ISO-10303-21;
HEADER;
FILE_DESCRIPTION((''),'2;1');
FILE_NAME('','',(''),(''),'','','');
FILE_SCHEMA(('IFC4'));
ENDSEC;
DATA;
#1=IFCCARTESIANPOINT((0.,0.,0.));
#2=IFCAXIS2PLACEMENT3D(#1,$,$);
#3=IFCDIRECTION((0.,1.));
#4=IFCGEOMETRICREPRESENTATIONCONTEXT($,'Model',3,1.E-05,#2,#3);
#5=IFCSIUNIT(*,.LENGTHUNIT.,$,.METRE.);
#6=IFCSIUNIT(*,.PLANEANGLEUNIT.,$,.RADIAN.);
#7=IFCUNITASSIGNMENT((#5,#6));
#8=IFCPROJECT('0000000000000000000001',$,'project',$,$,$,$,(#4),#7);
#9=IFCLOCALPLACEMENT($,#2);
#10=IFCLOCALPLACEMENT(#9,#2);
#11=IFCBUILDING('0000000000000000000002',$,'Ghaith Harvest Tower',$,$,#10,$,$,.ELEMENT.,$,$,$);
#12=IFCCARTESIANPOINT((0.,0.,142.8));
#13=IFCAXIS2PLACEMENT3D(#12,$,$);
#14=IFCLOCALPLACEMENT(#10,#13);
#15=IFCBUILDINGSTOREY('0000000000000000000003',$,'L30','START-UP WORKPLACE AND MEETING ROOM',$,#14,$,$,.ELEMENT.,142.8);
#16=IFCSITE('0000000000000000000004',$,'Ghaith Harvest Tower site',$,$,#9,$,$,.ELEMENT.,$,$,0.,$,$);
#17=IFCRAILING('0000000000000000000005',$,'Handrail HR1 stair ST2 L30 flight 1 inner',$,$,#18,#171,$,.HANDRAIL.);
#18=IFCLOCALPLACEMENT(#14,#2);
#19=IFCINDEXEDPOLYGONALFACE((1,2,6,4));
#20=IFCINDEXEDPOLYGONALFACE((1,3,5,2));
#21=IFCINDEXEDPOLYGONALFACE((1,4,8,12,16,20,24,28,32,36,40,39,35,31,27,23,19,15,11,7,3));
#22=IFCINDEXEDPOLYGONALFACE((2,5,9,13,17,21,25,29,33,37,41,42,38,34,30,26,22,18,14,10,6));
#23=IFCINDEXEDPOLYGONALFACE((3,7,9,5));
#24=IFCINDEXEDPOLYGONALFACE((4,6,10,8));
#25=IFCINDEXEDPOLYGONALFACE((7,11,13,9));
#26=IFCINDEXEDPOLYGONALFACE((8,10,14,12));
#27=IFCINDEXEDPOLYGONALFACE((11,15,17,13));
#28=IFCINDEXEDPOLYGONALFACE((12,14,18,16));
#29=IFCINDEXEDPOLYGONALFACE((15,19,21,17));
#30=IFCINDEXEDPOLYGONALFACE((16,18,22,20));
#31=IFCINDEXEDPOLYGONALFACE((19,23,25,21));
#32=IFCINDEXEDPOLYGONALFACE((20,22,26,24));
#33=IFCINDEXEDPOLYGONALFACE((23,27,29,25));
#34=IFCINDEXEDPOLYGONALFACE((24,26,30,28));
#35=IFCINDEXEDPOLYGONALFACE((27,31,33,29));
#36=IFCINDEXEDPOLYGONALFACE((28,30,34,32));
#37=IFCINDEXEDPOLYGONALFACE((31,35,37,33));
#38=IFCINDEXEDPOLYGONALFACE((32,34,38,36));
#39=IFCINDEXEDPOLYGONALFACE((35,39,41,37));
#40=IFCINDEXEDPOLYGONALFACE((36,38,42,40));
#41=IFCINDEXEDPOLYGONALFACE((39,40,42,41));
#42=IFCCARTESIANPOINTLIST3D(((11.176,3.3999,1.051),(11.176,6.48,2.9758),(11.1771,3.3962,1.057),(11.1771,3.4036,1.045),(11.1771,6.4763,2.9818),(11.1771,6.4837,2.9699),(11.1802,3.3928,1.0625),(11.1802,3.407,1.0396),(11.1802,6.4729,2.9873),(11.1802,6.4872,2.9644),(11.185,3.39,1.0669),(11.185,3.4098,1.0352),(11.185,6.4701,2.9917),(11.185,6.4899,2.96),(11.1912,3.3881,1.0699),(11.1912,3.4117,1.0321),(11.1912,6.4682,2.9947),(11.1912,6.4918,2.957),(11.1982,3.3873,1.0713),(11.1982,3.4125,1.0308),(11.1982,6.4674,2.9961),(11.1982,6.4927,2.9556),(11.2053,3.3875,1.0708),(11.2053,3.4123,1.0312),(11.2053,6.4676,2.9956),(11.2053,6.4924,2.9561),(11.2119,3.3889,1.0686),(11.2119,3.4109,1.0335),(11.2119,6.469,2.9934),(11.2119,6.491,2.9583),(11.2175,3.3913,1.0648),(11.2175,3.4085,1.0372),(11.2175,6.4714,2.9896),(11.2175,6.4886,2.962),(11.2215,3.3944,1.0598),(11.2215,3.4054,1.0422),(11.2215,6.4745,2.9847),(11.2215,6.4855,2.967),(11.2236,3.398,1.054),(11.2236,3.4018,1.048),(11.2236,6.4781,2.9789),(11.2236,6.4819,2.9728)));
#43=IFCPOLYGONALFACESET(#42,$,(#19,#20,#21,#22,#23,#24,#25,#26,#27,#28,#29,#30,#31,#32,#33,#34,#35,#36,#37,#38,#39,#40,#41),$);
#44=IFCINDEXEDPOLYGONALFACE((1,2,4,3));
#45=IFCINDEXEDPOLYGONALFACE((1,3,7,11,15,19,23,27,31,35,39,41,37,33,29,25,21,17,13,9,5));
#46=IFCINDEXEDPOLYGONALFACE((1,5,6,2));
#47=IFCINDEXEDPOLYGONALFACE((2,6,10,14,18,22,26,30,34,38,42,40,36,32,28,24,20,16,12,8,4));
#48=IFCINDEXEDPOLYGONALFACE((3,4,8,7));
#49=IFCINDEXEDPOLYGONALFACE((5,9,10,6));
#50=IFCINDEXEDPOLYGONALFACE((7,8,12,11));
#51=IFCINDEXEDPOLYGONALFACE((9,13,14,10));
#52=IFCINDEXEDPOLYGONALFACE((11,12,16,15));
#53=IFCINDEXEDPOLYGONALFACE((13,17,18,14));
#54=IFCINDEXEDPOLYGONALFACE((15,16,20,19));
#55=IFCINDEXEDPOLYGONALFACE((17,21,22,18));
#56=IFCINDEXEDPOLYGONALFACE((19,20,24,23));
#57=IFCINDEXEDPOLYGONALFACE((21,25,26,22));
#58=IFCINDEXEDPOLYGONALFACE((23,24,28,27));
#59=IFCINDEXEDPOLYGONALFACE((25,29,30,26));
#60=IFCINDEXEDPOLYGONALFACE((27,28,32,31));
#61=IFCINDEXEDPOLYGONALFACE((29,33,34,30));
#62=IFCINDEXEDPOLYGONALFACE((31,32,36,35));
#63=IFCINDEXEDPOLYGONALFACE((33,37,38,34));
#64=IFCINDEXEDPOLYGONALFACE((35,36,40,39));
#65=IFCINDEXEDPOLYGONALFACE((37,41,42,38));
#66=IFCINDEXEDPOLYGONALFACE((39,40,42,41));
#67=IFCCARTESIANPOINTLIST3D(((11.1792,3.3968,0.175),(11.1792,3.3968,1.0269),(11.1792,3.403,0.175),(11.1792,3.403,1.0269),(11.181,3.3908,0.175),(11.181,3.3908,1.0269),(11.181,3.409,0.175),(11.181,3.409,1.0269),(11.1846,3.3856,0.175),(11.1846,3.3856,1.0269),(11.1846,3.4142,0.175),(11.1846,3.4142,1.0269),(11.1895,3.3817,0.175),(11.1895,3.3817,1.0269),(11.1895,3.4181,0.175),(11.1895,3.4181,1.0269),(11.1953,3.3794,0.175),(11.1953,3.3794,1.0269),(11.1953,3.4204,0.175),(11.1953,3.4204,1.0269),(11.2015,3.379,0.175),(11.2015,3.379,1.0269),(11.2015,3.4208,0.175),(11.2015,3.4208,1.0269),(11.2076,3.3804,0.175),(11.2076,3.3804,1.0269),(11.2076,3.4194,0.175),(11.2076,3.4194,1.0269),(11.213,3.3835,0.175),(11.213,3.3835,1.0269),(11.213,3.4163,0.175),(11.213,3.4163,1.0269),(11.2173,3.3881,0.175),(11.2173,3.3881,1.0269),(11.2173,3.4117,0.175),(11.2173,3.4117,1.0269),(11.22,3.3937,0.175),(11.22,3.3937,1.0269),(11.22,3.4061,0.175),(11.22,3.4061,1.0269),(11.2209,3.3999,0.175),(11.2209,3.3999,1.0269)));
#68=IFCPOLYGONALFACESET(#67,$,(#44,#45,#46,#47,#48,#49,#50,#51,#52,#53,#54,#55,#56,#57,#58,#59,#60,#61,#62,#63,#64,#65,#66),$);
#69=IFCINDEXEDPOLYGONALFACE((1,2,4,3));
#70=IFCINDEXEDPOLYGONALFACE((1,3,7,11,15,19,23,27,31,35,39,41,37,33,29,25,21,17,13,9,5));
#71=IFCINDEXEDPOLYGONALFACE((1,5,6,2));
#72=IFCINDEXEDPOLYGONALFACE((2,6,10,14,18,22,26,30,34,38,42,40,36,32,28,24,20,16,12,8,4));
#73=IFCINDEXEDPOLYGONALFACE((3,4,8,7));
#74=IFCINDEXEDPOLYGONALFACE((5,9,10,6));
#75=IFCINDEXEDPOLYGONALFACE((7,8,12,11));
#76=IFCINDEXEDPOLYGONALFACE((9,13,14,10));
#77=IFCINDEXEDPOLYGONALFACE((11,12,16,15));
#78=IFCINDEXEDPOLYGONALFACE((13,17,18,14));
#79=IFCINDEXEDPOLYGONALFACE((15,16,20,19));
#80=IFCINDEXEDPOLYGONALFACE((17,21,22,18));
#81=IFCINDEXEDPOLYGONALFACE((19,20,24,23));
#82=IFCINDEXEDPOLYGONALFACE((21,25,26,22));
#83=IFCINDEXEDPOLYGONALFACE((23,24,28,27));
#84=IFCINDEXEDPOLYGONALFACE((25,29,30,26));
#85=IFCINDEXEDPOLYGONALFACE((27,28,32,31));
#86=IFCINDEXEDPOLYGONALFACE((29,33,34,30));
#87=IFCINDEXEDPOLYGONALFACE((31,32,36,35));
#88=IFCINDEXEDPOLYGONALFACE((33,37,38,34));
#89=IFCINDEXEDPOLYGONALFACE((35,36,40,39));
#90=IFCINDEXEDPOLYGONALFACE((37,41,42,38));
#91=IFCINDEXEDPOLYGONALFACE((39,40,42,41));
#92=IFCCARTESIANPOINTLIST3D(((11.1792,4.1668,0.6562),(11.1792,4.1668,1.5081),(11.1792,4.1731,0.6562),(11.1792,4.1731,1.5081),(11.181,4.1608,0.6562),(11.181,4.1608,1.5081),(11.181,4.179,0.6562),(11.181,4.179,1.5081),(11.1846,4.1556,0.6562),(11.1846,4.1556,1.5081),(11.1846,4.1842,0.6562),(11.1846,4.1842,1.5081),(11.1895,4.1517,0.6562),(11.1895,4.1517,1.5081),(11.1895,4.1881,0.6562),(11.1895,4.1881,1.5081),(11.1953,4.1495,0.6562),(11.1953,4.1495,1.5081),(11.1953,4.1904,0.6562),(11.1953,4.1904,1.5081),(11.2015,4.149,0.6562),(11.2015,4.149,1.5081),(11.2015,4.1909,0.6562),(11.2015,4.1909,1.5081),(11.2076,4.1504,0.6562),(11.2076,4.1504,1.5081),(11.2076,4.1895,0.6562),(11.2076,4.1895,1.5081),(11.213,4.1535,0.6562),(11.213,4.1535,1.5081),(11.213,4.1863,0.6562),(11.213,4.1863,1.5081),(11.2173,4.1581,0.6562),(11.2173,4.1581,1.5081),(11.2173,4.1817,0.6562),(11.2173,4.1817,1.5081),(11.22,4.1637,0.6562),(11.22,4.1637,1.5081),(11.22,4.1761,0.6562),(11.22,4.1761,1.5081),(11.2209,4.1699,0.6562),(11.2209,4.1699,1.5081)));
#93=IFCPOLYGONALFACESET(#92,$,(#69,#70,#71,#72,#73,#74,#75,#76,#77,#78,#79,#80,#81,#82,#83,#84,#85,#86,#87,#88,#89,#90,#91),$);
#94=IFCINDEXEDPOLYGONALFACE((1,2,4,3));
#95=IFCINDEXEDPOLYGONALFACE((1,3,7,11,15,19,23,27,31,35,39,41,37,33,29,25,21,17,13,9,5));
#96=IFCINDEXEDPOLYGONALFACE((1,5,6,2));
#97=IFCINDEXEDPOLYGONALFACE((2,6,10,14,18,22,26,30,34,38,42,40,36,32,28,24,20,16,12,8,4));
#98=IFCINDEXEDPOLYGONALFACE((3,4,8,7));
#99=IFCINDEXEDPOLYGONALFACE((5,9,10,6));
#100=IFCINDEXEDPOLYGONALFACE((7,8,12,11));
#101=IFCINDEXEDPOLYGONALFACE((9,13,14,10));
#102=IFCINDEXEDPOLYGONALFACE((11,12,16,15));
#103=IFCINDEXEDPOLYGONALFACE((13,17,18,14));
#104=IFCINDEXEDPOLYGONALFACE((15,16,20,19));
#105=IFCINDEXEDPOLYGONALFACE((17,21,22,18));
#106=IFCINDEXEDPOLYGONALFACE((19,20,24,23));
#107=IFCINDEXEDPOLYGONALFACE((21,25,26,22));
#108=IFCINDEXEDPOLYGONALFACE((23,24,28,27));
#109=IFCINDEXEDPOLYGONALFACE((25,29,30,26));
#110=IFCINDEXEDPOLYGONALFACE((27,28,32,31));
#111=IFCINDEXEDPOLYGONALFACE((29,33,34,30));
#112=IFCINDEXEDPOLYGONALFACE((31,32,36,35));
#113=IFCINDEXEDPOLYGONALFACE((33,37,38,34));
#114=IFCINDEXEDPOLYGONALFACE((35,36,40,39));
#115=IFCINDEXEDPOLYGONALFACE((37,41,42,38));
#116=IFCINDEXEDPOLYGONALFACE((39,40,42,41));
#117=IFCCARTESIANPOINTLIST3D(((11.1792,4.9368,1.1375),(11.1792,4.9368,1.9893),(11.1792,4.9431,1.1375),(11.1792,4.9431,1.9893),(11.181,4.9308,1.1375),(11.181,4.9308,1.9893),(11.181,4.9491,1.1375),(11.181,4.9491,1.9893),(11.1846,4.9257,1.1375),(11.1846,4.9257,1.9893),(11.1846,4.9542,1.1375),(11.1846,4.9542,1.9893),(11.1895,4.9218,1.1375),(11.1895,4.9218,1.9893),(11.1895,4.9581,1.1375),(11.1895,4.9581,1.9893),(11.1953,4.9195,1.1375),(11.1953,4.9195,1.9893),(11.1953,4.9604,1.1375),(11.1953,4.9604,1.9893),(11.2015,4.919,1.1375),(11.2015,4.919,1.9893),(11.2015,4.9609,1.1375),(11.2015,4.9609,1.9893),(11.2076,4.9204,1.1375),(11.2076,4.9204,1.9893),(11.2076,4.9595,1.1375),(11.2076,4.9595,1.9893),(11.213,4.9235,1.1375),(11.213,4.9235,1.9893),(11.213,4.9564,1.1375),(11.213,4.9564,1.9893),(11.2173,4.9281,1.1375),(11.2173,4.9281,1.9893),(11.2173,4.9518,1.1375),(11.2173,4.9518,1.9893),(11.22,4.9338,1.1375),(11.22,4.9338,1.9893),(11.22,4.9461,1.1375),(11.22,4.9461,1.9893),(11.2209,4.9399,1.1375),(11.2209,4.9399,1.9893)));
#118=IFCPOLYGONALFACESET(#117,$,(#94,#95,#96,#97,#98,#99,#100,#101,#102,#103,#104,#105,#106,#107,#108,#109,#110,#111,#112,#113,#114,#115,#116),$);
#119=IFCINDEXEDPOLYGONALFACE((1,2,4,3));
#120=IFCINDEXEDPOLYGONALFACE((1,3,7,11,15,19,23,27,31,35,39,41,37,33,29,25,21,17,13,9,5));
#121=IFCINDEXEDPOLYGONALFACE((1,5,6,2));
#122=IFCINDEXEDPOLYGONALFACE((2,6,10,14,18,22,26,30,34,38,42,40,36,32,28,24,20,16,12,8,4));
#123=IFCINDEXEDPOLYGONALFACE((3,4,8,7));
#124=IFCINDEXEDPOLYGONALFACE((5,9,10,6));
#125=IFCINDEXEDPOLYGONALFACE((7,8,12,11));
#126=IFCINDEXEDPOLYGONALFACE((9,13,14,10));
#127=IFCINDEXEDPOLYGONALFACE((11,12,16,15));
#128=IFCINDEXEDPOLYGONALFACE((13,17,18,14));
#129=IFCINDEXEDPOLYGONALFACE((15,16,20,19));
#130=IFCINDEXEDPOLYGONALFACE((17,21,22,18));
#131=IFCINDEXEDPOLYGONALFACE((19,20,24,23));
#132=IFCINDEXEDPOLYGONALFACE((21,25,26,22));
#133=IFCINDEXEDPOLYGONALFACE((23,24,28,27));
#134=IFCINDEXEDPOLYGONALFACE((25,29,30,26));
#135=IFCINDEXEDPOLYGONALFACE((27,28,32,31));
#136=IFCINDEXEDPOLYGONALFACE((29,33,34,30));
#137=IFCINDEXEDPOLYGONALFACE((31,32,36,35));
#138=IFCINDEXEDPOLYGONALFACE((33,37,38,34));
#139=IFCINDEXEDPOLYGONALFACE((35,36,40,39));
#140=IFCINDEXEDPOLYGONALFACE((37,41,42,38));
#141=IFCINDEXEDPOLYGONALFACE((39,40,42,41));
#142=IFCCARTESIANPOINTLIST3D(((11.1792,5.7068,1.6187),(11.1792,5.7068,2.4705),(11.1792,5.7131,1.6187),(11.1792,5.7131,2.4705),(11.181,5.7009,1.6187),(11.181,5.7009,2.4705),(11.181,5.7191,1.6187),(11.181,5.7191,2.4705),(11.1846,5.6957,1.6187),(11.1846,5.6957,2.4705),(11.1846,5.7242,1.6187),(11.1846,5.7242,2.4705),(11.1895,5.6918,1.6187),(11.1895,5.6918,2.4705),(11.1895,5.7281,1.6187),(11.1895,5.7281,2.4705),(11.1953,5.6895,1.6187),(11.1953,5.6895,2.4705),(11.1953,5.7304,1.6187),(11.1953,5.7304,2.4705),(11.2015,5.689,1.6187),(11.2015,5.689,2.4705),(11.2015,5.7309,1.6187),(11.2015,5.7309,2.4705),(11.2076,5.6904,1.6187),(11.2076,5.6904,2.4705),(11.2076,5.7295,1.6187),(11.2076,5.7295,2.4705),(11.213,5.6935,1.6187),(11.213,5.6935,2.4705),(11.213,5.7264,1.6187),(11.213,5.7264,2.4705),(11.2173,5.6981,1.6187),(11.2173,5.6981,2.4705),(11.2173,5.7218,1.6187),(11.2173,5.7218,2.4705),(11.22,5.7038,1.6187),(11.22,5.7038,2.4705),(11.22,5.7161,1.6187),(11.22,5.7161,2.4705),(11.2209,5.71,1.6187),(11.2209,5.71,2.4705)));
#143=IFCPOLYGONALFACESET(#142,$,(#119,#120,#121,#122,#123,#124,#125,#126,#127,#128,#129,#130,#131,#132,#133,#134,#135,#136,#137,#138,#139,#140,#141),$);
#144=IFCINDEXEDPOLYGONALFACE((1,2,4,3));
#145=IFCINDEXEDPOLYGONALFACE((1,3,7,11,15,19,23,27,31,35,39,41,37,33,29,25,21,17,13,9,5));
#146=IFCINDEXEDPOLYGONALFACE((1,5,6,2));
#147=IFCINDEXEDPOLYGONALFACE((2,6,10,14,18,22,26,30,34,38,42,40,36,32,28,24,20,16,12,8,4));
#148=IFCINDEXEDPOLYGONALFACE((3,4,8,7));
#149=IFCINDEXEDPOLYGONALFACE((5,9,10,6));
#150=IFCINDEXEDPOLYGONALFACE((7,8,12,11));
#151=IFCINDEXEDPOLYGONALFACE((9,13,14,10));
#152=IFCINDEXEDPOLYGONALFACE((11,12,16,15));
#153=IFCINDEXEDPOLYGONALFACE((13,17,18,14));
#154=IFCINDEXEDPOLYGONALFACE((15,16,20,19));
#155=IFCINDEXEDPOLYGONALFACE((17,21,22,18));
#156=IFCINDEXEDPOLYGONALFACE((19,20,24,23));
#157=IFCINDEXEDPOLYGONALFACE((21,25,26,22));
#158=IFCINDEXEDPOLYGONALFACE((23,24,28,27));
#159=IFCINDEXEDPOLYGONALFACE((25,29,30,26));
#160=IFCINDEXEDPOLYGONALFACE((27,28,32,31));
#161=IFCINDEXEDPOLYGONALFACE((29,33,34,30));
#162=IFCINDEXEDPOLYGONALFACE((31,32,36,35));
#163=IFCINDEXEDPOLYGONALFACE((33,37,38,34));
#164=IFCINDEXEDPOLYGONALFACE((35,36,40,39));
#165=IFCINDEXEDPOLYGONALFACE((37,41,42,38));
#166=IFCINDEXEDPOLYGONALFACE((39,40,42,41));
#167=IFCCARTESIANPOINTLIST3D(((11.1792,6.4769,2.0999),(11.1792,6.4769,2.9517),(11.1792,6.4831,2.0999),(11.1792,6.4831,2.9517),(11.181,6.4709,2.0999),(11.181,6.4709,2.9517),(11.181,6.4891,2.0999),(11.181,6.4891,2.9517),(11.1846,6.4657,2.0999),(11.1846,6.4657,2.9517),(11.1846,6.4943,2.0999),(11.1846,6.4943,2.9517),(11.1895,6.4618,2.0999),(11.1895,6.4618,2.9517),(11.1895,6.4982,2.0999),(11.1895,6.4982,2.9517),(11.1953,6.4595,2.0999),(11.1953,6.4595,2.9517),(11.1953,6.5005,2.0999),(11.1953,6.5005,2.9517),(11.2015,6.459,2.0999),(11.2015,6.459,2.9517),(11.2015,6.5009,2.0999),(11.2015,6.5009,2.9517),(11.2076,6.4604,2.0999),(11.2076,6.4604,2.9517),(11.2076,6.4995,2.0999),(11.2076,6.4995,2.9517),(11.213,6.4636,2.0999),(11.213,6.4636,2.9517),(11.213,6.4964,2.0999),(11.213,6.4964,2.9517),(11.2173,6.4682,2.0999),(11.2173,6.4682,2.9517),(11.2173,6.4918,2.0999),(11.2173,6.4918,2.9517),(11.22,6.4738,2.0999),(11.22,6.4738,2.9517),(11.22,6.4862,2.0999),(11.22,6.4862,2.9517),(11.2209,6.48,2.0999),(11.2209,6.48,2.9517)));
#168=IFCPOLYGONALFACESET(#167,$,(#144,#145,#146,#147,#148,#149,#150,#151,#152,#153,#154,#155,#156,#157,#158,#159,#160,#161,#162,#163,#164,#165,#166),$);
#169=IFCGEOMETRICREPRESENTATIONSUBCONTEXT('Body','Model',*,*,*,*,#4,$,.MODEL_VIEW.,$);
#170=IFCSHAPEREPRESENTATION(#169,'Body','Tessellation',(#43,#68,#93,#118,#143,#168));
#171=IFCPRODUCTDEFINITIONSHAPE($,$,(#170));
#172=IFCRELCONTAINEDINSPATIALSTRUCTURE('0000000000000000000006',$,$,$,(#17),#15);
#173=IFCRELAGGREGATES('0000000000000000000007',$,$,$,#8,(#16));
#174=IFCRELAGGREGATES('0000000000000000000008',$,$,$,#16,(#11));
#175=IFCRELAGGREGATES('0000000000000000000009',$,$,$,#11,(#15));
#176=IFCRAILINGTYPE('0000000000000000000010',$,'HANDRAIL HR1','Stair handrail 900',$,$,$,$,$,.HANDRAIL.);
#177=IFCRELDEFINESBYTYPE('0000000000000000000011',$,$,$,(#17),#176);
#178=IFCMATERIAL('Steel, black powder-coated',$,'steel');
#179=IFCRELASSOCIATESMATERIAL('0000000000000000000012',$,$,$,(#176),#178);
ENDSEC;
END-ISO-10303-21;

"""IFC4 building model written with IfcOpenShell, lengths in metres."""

from ifc_helpers import new_model, si_unit, direction, frame, origin, origin_2d, place, context, subcontext, project, spatial, circle, extrude, material, type_object, element, save


model = new_model("IFC4")

# Units and contexts
model_context = context("Model", 3, precision=1e-05, world=origin(), true_north=direction((0.0, 1.0)))
body_context = subcontext(model_context, "Body", "Model", "MODEL_VIEW")
ifc_project = project(units=[si_unit("LENGTHUNIT", "METRE"), si_unit("PLANEANGLEUNIT", "RADIAN")], contexts=[model_context])

# Site, building, storey
site_placement = place(None, origin())
site = spatial("IfcSite", under=ifc_project, at=site_placement, Name="Ghaith Harvest Tower site", CompositionType="ELEMENT", RefElevation=0.0)
building_placement = place(site_placement, origin())
building = spatial("IfcBuilding", under=site, at=building_placement, Name="Ghaith Harvest Tower", CompositionType="ELEMENT")
storey_placement = place(building_placement, frame((0.0, 0.0, 142.8)))
storey = spatial("IfcBuildingStorey", under=building, at=storey_placement, Name="L30", Description="START-UP WORKPLACE AND MEETING ROOM", CompositionType="ELEMENT", Elevation=142.8)

# Railing
ifc_material_1 = material(Name="Steel, black powder-coated", Category="steel")
railing_type = type_object("IfcRailingType", Name="HANDRAIL HR1", Description="Stair handrail 900", PredefinedType="HANDRAIL", material=ifc_material_1)
railing_1_placement = place(storey_placement, frame((11.2, 3.3999, 0.175)))
element("IfcRailing", 1, at=railing_1_placement, inside=storey, type_object=railing_type, Name="Handrail HR1 stair ST2 L30 flight 1 inner", PredefinedType="HANDRAIL", context=body_context, shape_type="SweptSolid", body=[
    extrude(circle(Radius=0.0239, at=origin_2d()), frame((0.0, 0.0, 0.876), z_axis=(0.0, 0.848029, 0.529951), x_axis=(-1.0, 0.0, 0.0)), (0.0, 0.0, 1.0), 3.6321),
    extrude(circle(Radius=0.021, at=origin_2d()), origin(), (0.0, 0.0, 1.0), 0.8518),
    extrude(circle(Radius=0.021, at=origin_2d()), frame((0.0, 0.77, 0.4812)), (0.0, 0.0, 1.0), 0.8518),
    extrude(circle(Radius=0.021, at=origin_2d()), frame((0.0, 1.54, 0.9624)), (0.0, 0.0, 1.0), 0.8518),
    extrude(circle(Radius=0.021, at=origin_2d()), frame((0.0, 2.3101, 1.4436)), (0.0, 0.0, 1.0), 0.8518),
    extrude(circle(Radius=0.021, at=origin_2d()), frame((0.0, 3.0801, 1.9248)), (0.0, 0.0, 1.0), 0.8518),
])

save(model, "model.ifc")
